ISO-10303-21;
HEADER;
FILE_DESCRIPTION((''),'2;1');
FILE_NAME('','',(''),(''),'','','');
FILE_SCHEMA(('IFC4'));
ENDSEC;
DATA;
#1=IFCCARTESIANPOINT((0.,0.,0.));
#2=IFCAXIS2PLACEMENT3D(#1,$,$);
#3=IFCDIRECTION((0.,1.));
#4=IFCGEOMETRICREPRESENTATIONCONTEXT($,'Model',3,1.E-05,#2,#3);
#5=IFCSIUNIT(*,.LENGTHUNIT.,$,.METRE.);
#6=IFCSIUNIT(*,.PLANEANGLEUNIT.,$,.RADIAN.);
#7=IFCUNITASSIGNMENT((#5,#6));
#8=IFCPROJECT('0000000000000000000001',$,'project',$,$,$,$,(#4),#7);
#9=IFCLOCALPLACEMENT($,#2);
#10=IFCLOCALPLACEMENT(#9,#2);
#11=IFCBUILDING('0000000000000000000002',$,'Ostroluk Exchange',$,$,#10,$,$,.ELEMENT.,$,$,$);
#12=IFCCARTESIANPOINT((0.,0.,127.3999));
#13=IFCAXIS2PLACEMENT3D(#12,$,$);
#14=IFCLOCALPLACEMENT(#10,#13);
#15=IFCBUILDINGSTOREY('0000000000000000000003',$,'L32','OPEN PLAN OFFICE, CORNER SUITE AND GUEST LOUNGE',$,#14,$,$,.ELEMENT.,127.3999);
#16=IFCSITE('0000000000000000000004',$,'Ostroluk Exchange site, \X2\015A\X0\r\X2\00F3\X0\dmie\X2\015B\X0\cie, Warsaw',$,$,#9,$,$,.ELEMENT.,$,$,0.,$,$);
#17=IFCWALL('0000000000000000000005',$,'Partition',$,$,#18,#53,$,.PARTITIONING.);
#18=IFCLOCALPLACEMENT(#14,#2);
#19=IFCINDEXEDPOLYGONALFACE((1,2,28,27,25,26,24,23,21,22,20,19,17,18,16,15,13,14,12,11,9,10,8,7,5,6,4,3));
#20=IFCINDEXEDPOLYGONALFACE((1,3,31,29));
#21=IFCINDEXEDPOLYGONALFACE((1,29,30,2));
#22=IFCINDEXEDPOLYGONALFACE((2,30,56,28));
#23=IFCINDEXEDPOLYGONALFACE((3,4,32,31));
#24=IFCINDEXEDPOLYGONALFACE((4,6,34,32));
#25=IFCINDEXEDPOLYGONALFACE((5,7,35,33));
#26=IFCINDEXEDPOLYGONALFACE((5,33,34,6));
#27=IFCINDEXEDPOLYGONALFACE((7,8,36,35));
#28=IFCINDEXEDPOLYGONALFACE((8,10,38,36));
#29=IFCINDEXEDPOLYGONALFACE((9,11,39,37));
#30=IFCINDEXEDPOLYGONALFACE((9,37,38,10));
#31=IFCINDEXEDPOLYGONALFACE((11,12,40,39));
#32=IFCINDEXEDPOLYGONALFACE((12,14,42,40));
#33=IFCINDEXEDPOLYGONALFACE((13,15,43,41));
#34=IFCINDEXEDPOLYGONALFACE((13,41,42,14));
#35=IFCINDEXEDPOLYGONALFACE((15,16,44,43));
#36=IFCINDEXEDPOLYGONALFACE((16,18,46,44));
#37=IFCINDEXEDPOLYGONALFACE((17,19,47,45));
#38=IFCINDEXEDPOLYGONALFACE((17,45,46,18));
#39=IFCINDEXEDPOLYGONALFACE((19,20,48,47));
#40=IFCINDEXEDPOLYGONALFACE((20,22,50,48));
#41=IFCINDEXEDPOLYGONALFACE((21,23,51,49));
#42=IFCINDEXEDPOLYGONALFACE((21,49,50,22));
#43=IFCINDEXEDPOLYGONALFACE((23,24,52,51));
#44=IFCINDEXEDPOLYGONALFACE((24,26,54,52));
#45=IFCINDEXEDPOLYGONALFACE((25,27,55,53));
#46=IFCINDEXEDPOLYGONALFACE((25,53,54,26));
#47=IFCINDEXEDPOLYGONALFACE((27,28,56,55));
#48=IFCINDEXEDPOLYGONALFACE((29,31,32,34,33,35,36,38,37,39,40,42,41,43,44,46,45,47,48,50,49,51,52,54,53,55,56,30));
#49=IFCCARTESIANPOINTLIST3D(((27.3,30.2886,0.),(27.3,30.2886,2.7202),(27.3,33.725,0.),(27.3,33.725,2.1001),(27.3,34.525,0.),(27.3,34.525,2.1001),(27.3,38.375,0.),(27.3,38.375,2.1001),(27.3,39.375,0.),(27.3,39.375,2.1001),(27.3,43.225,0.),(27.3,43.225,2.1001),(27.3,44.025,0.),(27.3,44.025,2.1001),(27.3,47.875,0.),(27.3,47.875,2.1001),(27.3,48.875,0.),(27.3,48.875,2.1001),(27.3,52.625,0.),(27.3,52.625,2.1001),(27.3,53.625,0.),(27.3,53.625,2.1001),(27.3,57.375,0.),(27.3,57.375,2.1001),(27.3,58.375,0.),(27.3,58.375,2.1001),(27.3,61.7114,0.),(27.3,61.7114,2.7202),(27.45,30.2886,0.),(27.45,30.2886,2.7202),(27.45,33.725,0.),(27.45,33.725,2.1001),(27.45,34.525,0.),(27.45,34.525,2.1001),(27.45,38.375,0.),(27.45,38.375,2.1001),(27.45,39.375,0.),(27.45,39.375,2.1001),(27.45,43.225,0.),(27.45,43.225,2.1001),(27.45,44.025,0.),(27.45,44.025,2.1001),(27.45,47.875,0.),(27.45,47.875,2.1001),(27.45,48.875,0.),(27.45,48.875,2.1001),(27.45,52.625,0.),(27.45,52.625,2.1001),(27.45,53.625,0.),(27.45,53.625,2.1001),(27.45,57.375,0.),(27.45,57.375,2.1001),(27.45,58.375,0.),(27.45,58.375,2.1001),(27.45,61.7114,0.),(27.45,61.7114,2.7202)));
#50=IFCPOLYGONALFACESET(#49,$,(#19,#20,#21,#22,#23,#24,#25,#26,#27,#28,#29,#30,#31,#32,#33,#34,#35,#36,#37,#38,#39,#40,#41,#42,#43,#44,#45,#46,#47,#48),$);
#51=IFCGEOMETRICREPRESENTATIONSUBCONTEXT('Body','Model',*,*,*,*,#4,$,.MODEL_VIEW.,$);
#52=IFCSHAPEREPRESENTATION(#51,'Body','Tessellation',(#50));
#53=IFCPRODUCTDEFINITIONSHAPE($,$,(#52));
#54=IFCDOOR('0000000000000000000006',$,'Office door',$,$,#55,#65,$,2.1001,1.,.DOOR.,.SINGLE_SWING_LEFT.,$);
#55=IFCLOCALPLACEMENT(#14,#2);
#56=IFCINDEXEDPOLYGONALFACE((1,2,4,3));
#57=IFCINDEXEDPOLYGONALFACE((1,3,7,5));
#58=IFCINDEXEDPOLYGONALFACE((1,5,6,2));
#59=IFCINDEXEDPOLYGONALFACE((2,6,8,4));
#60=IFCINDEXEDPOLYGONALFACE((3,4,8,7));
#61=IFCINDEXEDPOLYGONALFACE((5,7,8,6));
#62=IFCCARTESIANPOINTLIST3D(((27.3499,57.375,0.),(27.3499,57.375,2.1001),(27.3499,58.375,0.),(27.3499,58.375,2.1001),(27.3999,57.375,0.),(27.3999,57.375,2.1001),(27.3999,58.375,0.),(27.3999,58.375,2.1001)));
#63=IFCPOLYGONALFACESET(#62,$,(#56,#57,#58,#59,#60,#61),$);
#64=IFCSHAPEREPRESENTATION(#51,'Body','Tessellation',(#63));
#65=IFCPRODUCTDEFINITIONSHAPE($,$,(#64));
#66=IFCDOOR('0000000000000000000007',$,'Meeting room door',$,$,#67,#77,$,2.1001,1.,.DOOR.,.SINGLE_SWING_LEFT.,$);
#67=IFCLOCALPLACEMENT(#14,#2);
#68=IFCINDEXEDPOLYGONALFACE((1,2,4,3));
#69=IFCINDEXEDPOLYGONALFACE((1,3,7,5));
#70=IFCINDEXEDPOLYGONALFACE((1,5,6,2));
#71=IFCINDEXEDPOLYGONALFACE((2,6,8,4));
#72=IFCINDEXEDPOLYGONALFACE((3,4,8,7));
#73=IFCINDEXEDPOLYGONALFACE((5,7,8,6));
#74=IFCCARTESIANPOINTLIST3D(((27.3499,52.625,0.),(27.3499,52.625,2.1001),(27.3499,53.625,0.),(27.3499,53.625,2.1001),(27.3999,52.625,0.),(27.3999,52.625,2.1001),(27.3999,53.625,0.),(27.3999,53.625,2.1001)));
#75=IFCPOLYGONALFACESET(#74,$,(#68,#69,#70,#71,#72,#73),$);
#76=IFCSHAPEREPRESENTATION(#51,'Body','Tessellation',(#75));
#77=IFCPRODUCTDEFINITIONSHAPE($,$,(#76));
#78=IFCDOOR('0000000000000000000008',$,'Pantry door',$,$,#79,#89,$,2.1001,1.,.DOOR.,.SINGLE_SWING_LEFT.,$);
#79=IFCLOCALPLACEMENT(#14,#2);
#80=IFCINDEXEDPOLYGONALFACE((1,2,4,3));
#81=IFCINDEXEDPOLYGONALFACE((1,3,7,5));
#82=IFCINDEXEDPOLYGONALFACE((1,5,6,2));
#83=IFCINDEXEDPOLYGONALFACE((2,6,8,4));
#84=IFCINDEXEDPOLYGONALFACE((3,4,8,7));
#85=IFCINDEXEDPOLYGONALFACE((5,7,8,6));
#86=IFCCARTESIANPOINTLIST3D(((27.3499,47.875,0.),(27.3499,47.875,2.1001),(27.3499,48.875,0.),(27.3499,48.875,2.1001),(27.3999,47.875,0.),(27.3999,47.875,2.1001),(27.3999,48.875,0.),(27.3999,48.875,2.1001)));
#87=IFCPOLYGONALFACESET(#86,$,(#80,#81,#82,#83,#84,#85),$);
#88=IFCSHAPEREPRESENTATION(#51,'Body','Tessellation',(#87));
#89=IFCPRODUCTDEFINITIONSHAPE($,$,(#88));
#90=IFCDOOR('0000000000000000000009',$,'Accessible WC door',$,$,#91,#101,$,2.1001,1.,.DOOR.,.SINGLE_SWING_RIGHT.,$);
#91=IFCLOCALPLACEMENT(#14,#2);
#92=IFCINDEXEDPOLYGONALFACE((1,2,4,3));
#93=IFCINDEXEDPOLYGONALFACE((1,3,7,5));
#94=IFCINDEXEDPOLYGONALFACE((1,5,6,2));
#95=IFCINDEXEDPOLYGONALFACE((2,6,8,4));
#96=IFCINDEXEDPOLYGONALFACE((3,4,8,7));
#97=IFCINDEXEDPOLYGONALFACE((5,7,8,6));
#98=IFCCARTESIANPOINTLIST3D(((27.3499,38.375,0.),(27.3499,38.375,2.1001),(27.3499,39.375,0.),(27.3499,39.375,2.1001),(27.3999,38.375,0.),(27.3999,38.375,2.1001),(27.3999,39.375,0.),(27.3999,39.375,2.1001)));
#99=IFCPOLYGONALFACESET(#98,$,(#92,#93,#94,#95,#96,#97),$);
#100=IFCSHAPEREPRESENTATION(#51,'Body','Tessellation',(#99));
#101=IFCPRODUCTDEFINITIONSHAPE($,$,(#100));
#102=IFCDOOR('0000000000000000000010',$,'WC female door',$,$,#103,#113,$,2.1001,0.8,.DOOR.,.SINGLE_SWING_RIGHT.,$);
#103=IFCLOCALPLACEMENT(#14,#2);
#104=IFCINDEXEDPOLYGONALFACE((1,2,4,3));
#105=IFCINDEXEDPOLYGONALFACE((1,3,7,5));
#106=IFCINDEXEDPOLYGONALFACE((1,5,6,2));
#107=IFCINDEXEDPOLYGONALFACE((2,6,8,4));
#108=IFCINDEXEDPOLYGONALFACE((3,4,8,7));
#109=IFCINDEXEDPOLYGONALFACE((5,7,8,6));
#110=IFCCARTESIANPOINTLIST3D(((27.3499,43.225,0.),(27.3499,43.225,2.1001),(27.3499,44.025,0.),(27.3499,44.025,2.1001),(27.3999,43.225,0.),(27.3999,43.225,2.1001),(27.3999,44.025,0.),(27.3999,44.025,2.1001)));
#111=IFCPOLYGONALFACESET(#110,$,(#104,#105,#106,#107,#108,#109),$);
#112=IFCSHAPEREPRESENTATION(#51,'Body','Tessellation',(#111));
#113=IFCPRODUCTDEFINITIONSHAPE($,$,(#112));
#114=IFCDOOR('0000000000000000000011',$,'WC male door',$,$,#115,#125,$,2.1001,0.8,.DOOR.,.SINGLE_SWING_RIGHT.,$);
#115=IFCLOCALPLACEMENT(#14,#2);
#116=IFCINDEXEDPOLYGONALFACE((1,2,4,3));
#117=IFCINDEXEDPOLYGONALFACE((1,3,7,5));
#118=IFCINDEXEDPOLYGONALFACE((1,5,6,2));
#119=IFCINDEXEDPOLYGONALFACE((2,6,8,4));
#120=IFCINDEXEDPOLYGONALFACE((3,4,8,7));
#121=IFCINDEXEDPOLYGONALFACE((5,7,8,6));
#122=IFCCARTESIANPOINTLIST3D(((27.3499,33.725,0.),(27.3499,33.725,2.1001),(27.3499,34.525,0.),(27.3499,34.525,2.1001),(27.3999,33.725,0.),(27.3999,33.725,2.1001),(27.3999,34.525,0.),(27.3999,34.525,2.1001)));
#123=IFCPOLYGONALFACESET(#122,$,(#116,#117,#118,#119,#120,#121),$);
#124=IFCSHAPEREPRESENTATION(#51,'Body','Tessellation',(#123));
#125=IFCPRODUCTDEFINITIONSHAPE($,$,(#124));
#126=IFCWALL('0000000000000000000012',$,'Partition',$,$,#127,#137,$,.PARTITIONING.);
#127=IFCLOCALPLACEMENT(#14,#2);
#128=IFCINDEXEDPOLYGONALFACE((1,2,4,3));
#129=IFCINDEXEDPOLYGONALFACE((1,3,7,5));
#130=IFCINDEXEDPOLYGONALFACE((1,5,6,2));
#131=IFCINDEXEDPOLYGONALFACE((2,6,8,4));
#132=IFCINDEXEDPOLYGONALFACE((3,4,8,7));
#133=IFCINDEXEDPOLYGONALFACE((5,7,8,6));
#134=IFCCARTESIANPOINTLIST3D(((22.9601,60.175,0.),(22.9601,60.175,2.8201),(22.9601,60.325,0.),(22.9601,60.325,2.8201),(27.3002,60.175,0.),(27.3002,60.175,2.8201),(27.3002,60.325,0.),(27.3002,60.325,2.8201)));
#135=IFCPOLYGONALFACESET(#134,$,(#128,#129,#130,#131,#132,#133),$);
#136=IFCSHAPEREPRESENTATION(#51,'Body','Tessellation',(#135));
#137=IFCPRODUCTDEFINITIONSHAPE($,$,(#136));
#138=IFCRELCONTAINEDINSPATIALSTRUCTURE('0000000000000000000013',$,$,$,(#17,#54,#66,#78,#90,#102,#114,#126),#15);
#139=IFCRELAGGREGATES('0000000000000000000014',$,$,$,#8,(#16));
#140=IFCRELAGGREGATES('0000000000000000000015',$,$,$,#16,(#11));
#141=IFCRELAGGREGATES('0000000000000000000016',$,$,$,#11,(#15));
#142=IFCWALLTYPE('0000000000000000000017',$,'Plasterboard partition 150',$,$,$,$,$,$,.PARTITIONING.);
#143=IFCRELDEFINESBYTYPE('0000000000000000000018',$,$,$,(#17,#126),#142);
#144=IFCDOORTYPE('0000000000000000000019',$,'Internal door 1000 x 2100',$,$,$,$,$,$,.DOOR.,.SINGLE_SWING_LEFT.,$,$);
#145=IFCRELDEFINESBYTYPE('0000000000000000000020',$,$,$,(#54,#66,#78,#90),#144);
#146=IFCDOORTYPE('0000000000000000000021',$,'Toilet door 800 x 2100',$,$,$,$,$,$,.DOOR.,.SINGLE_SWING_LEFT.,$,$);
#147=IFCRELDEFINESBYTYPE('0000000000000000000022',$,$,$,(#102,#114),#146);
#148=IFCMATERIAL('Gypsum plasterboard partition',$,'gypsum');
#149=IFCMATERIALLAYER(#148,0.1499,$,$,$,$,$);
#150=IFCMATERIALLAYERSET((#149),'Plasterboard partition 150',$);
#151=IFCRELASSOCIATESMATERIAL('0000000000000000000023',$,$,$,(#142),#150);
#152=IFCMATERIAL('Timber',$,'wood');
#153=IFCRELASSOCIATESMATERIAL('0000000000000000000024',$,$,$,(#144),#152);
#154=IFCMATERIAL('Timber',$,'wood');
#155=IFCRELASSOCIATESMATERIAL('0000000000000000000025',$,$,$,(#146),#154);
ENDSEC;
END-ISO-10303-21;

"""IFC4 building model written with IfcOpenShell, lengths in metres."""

from ifc_helpers import new_model, si_unit, direction, frame, frame_2d, origin, place, context, subcontext, project, spatial, rectangle, extrude, material, layer, layer_set, type_object, element, fill, save


model = new_model("IFC4")

# Units and contexts
model_context = context("Model", 3, precision=1e-05, world=origin(), true_north=direction((0.0, 1.0)))
body_context = subcontext(model_context, "Body", "Model", "MODEL_VIEW")
ifc_project = project(units=[si_unit("LENGTHUNIT", "METRE"), si_unit("PLANEANGLEUNIT", "RADIAN")], contexts=[model_context])

# Site, building, storey
site_placement = place(None, origin())
site = spatial("IfcSite", under=ifc_project, at=site_placement, Name="Ostroluk Exchange site, Śródmieście, Warsaw", CompositionType="ELEMENT", RefElevation=0.0)
building_placement = place(site_placement, origin())
building = spatial("IfcBuilding", under=site, at=building_placement, Name="Ostroluk Exchange", CompositionType="ELEMENT")
storey_placement = place(building_placement, frame((0.0, 0.0, 127.3999)))
storey = spatial("IfcBuildingStorey", under=building, at=storey_placement, Name="L32", Description="OPEN PLAN OFFICE, CORNER SUITE AND GUEST LOUNGE", CompositionType="ELEMENT", Elevation=127.3999)

# Shared definitions
ifc_material_1 = material(Name="Gypsum plasterboard partition", Category="gypsum")
ifc_layer_1 = layer(ifc_material_1, 0.1499)
ifc_layer_set_1 = layer_set([ifc_layer_1], Name="Plasterboard partition 150")
wall_type_1 = type_object("IfcWallType", Name="Plasterboard partition 150", PredefinedType="PARTITIONING", material=ifc_layer_set_1)

# Wall, openings, doors
wall_1_placement = place(storey_placement, frame((27.375, 61.7114, 0.0), z_axis=(0.0, 0.0, 1.0), x_axis=(0.0, -1.0, 0.0)))
wall_1 = element("IfcWall", 1, at=wall_1_placement, inside=storey, type_object=wall_type_1, Name="Partition", PredefinedType="PARTITIONING", context=body_context, shape_type="SweptSolid", body=[
    extrude(rectangle(XDim=31.4229, YDim=0.1499, at=frame_2d((15.7114, 0.0))), origin(), (0.0, 0.0, 1.0), 2.7202),
])
opening_1_placement = place(wall_1_placement, frame((3.3364, 0.0, 0.0)))
opening_1 = element("IfcOpeningElement", 2, at=opening_1_placement, cuts=wall_1, PredefinedType="OPENING", context=body_context, shape_type="SweptSolid", body=[
    extrude(rectangle(XDim=1.0, YDim=2.1001, at=frame_2d((0.5, 1.05))), frame((0.0, 0.085, 0.0), z_axis=(0.0, -1.0, 0.0), x_axis=(1.0, 0.0, 0.0)), (0.0, 0.0, 1.0), 0.1699),
])
opening_2_placement = place(wall_1_placement, frame((8.0864, 0.0, 0.0)))
opening_2 = element("IfcOpeningElement", 3, at=opening_2_placement, cuts=wall_1, PredefinedType="OPENING", context=body_context, shape_type="SweptSolid", body=[
    extrude(rectangle(XDim=1.0, YDim=2.1001, at=frame_2d((0.5, 1.05))), frame((0.0, 0.085, 0.0), z_axis=(0.0, -1.0, 0.0), x_axis=(1.0, 0.0, 0.0)), (0.0, 0.0, 1.0), 0.1699),
])
opening_3_placement = place(wall_1_placement, frame((12.8364, 0.0, 0.0)))
opening_3 = element("IfcOpeningElement", 4, at=opening_3_placement, cuts=wall_1, PredefinedType="OPENING", context=body_context, shape_type="SweptSolid", body=[
    extrude(rectangle(XDim=1.0, YDim=2.1001, at=frame_2d((0.5, 1.05))), frame((0.0, 0.085, 0.0), z_axis=(0.0, -1.0, 0.0), x_axis=(1.0, 0.0, 0.0)), (0.0, 0.0, 1.0), 0.1699),
])
opening_4_placement = place(wall_1_placement, frame((17.6865, 0.0, 0.0)))
opening_4 = element("IfcOpeningElement", 5, at=opening_4_placement, cuts=wall_1, PredefinedType="OPENING", context=body_context, shape_type="SweptSolid", body=[
    extrude(rectangle(XDim=0.8, YDim=2.1001, at=frame_2d((0.3999, 1.05))), frame((0.0, 0.085, 0.0), z_axis=(0.0, -1.0, 0.0), x_axis=(1.0, 0.0, 0.0)), (0.0, 0.0, 1.0), 0.1699),
])
opening_5_placement = place(wall_1_placement, frame((22.3364, 0.0, 0.0)))
opening_5 = element("IfcOpeningElement", 6, at=opening_5_placement, cuts=wall_1, PredefinedType="OPENING", context=body_context, shape_type="SweptSolid", body=[
    extrude(rectangle(XDim=1.0, YDim=2.1001, at=frame_2d((0.5, 1.05))), frame((0.0, 0.085, 0.0), z_axis=(0.0, -1.0, 0.0), x_axis=(1.0, 0.0, 0.0)), (0.0, 0.0, 1.0), 0.1699),
])
opening_6_placement = place(wall_1_placement, frame((27.1865, 0.0, 0.0)))
opening_6 = element("IfcOpeningElement", 7, at=opening_6_placement, cuts=wall_1, PredefinedType="OPENING", context=body_context, shape_type="SweptSolid", body=[
    extrude(rectangle(XDim=0.8, YDim=2.1001, at=frame_2d((0.3999, 1.05))), frame((0.0, 0.085, 0.0), z_axis=(0.0, -1.0, 0.0), x_axis=(1.0, 0.0, 0.0)), (0.0, 0.0, 1.0), 0.1699),
])
ifc_material_2 = material(Name="Timber", Category="wood")
door_type_1 = type_object("IfcDoorType", Name="Internal door 1000 x 2100", OperationType="SINGLE_SWING_LEFT", PredefinedType="DOOR", material=ifc_material_2)
door_1_placement = place(opening_1_placement, origin())
door_1 = element("IfcDoor", 8, at=door_1_placement, inside=storey, type_object=door_type_1, Name="Office door", OperationType="SINGLE_SWING_LEFT", OverallHeight=2.1001, OverallWidth=1.0, PredefinedType="DOOR", context=body_context, shape_type="SweptSolid", body=[
    extrude(rectangle(XDim=1.0, YDim=2.1001, at=frame_2d((0.5, 1.05))), frame((0.0, 0.0249, 0.0), z_axis=(0.0, -1.0, 0.0), x_axis=(1.0, 0.0, 0.0)), (0.0, 0.0, 1.0), 0.05),
])
fill(opening_1, door_1)
door_2_placement = place(opening_2_placement, origin())
door_2 = element("IfcDoor", 9, at=door_2_placement, inside=storey, type_object=door_type_1, Name="Meeting room door", OperationType="SINGLE_SWING_LEFT", OverallHeight=2.1001, OverallWidth=1.0, PredefinedType="DOOR", context=body_context, shape_type="SweptSolid", body=[
    extrude(rectangle(XDim=1.0, YDim=2.1001, at=frame_2d((0.5, 1.05))), frame((0.0, 0.0249, 0.0), z_axis=(0.0, -1.0, 0.0), x_axis=(1.0, 0.0, 0.0)), (0.0, 0.0, 1.0), 0.05),
])
fill(opening_2, door_2)
door_3_placement = place(opening_3_placement, origin())
door_3 = element("IfcDoor", 10, at=door_3_placement, inside=storey, type_object=door_type_1, Name="Pantry door", OperationType="SINGLE_SWING_LEFT", OverallHeight=2.1001, OverallWidth=1.0, PredefinedType="DOOR", context=body_context, shape_type="SweptSolid", body=[
    extrude(rectangle(XDim=1.0, YDim=2.1001, at=frame_2d((0.5, 1.05))), frame((0.0, 0.0249, 0.0), z_axis=(0.0, -1.0, 0.0), x_axis=(1.0, 0.0, 0.0)), (0.0, 0.0, 1.0), 0.05),
])
fill(opening_3, door_3)
door_4_placement = place(opening_5_placement, origin())
door_4 = element("IfcDoor", 11, at=door_4_placement, inside=storey, type_object=door_type_1, Name="Accessible WC door", OperationType="SINGLE_SWING_RIGHT", OverallHeight=2.1001, OverallWidth=1.0, PredefinedType="DOOR", context=body_context, shape_type="SweptSolid", body=[
    extrude(rectangle(XDim=1.0, YDim=2.1001, at=frame_2d((0.5, 1.05))), frame((0.0, 0.0249, 0.0), z_axis=(0.0, -1.0, 0.0), x_axis=(1.0, 0.0, 0.0)), (0.0, 0.0, 1.0), 0.05),
])
fill(opening_5, door_4)
ifc_material_3 = material(Name="Timber", Category="wood")
door_type_2 = type_object("IfcDoorType", Name="Toilet door 800 x 2100", OperationType="SINGLE_SWING_LEFT", PredefinedType="DOOR", material=ifc_material_3)
door_5_placement = place(opening_4_placement, origin())
door_5 = element("IfcDoor", 12, at=door_5_placement, inside=storey, type_object=door_type_2, Name="WC female door", OperationType="SINGLE_SWING_RIGHT", OverallHeight=2.1001, OverallWidth=0.8, PredefinedType="DOOR", context=body_context, shape_type="SweptSolid", body=[
    extrude(rectangle(XDim=0.8, YDim=2.1001, at=frame_2d((0.3999, 1.05))), frame((0.0, 0.0249, 0.0), z_axis=(0.0, -1.0, 0.0), x_axis=(1.0, 0.0, 0.0)), (0.0, 0.0, 1.0), 0.05),
])
fill(opening_4, door_5)
door_6_placement = place(opening_6_placement, origin())
door_6 = element("IfcDoor", 13, at=door_6_placement, inside=storey, type_object=door_type_2, Name="WC male door", OperationType="SINGLE_SWING_RIGHT", OverallHeight=2.1001, OverallWidth=0.8, PredefinedType="DOOR", context=body_context, shape_type="SweptSolid", body=[
    extrude(rectangle(XDim=0.8, YDim=2.1001, at=frame_2d((0.3999, 1.05))), frame((0.0, 0.0249, 0.0), z_axis=(0.0, -1.0, 0.0), x_axis=(1.0, 0.0, 0.0)), (0.0, 0.0, 1.0), 0.05),
])
fill(opening_6, door_6)

# Wall
wall_2_placement = place(storey_placement, frame((27.3, 60.25, 0.0), z_axis=(0.0, 0.0, 1.0), x_axis=(-1.0, 0.0, 0.0)))
element("IfcWall", 14, at=wall_2_placement, inside=storey, type_object=wall_type_1, Name="Partition", PredefinedType="PARTITIONING", context=body_context, shape_type="SweptSolid", body=[
    extrude(rectangle(XDim=4.3401, YDim=0.1499, at=frame_2d((2.1699, 0.0))), origin(), (0.0, 0.0, 1.0), 2.8201),
])

save(model, "model.ifc")
